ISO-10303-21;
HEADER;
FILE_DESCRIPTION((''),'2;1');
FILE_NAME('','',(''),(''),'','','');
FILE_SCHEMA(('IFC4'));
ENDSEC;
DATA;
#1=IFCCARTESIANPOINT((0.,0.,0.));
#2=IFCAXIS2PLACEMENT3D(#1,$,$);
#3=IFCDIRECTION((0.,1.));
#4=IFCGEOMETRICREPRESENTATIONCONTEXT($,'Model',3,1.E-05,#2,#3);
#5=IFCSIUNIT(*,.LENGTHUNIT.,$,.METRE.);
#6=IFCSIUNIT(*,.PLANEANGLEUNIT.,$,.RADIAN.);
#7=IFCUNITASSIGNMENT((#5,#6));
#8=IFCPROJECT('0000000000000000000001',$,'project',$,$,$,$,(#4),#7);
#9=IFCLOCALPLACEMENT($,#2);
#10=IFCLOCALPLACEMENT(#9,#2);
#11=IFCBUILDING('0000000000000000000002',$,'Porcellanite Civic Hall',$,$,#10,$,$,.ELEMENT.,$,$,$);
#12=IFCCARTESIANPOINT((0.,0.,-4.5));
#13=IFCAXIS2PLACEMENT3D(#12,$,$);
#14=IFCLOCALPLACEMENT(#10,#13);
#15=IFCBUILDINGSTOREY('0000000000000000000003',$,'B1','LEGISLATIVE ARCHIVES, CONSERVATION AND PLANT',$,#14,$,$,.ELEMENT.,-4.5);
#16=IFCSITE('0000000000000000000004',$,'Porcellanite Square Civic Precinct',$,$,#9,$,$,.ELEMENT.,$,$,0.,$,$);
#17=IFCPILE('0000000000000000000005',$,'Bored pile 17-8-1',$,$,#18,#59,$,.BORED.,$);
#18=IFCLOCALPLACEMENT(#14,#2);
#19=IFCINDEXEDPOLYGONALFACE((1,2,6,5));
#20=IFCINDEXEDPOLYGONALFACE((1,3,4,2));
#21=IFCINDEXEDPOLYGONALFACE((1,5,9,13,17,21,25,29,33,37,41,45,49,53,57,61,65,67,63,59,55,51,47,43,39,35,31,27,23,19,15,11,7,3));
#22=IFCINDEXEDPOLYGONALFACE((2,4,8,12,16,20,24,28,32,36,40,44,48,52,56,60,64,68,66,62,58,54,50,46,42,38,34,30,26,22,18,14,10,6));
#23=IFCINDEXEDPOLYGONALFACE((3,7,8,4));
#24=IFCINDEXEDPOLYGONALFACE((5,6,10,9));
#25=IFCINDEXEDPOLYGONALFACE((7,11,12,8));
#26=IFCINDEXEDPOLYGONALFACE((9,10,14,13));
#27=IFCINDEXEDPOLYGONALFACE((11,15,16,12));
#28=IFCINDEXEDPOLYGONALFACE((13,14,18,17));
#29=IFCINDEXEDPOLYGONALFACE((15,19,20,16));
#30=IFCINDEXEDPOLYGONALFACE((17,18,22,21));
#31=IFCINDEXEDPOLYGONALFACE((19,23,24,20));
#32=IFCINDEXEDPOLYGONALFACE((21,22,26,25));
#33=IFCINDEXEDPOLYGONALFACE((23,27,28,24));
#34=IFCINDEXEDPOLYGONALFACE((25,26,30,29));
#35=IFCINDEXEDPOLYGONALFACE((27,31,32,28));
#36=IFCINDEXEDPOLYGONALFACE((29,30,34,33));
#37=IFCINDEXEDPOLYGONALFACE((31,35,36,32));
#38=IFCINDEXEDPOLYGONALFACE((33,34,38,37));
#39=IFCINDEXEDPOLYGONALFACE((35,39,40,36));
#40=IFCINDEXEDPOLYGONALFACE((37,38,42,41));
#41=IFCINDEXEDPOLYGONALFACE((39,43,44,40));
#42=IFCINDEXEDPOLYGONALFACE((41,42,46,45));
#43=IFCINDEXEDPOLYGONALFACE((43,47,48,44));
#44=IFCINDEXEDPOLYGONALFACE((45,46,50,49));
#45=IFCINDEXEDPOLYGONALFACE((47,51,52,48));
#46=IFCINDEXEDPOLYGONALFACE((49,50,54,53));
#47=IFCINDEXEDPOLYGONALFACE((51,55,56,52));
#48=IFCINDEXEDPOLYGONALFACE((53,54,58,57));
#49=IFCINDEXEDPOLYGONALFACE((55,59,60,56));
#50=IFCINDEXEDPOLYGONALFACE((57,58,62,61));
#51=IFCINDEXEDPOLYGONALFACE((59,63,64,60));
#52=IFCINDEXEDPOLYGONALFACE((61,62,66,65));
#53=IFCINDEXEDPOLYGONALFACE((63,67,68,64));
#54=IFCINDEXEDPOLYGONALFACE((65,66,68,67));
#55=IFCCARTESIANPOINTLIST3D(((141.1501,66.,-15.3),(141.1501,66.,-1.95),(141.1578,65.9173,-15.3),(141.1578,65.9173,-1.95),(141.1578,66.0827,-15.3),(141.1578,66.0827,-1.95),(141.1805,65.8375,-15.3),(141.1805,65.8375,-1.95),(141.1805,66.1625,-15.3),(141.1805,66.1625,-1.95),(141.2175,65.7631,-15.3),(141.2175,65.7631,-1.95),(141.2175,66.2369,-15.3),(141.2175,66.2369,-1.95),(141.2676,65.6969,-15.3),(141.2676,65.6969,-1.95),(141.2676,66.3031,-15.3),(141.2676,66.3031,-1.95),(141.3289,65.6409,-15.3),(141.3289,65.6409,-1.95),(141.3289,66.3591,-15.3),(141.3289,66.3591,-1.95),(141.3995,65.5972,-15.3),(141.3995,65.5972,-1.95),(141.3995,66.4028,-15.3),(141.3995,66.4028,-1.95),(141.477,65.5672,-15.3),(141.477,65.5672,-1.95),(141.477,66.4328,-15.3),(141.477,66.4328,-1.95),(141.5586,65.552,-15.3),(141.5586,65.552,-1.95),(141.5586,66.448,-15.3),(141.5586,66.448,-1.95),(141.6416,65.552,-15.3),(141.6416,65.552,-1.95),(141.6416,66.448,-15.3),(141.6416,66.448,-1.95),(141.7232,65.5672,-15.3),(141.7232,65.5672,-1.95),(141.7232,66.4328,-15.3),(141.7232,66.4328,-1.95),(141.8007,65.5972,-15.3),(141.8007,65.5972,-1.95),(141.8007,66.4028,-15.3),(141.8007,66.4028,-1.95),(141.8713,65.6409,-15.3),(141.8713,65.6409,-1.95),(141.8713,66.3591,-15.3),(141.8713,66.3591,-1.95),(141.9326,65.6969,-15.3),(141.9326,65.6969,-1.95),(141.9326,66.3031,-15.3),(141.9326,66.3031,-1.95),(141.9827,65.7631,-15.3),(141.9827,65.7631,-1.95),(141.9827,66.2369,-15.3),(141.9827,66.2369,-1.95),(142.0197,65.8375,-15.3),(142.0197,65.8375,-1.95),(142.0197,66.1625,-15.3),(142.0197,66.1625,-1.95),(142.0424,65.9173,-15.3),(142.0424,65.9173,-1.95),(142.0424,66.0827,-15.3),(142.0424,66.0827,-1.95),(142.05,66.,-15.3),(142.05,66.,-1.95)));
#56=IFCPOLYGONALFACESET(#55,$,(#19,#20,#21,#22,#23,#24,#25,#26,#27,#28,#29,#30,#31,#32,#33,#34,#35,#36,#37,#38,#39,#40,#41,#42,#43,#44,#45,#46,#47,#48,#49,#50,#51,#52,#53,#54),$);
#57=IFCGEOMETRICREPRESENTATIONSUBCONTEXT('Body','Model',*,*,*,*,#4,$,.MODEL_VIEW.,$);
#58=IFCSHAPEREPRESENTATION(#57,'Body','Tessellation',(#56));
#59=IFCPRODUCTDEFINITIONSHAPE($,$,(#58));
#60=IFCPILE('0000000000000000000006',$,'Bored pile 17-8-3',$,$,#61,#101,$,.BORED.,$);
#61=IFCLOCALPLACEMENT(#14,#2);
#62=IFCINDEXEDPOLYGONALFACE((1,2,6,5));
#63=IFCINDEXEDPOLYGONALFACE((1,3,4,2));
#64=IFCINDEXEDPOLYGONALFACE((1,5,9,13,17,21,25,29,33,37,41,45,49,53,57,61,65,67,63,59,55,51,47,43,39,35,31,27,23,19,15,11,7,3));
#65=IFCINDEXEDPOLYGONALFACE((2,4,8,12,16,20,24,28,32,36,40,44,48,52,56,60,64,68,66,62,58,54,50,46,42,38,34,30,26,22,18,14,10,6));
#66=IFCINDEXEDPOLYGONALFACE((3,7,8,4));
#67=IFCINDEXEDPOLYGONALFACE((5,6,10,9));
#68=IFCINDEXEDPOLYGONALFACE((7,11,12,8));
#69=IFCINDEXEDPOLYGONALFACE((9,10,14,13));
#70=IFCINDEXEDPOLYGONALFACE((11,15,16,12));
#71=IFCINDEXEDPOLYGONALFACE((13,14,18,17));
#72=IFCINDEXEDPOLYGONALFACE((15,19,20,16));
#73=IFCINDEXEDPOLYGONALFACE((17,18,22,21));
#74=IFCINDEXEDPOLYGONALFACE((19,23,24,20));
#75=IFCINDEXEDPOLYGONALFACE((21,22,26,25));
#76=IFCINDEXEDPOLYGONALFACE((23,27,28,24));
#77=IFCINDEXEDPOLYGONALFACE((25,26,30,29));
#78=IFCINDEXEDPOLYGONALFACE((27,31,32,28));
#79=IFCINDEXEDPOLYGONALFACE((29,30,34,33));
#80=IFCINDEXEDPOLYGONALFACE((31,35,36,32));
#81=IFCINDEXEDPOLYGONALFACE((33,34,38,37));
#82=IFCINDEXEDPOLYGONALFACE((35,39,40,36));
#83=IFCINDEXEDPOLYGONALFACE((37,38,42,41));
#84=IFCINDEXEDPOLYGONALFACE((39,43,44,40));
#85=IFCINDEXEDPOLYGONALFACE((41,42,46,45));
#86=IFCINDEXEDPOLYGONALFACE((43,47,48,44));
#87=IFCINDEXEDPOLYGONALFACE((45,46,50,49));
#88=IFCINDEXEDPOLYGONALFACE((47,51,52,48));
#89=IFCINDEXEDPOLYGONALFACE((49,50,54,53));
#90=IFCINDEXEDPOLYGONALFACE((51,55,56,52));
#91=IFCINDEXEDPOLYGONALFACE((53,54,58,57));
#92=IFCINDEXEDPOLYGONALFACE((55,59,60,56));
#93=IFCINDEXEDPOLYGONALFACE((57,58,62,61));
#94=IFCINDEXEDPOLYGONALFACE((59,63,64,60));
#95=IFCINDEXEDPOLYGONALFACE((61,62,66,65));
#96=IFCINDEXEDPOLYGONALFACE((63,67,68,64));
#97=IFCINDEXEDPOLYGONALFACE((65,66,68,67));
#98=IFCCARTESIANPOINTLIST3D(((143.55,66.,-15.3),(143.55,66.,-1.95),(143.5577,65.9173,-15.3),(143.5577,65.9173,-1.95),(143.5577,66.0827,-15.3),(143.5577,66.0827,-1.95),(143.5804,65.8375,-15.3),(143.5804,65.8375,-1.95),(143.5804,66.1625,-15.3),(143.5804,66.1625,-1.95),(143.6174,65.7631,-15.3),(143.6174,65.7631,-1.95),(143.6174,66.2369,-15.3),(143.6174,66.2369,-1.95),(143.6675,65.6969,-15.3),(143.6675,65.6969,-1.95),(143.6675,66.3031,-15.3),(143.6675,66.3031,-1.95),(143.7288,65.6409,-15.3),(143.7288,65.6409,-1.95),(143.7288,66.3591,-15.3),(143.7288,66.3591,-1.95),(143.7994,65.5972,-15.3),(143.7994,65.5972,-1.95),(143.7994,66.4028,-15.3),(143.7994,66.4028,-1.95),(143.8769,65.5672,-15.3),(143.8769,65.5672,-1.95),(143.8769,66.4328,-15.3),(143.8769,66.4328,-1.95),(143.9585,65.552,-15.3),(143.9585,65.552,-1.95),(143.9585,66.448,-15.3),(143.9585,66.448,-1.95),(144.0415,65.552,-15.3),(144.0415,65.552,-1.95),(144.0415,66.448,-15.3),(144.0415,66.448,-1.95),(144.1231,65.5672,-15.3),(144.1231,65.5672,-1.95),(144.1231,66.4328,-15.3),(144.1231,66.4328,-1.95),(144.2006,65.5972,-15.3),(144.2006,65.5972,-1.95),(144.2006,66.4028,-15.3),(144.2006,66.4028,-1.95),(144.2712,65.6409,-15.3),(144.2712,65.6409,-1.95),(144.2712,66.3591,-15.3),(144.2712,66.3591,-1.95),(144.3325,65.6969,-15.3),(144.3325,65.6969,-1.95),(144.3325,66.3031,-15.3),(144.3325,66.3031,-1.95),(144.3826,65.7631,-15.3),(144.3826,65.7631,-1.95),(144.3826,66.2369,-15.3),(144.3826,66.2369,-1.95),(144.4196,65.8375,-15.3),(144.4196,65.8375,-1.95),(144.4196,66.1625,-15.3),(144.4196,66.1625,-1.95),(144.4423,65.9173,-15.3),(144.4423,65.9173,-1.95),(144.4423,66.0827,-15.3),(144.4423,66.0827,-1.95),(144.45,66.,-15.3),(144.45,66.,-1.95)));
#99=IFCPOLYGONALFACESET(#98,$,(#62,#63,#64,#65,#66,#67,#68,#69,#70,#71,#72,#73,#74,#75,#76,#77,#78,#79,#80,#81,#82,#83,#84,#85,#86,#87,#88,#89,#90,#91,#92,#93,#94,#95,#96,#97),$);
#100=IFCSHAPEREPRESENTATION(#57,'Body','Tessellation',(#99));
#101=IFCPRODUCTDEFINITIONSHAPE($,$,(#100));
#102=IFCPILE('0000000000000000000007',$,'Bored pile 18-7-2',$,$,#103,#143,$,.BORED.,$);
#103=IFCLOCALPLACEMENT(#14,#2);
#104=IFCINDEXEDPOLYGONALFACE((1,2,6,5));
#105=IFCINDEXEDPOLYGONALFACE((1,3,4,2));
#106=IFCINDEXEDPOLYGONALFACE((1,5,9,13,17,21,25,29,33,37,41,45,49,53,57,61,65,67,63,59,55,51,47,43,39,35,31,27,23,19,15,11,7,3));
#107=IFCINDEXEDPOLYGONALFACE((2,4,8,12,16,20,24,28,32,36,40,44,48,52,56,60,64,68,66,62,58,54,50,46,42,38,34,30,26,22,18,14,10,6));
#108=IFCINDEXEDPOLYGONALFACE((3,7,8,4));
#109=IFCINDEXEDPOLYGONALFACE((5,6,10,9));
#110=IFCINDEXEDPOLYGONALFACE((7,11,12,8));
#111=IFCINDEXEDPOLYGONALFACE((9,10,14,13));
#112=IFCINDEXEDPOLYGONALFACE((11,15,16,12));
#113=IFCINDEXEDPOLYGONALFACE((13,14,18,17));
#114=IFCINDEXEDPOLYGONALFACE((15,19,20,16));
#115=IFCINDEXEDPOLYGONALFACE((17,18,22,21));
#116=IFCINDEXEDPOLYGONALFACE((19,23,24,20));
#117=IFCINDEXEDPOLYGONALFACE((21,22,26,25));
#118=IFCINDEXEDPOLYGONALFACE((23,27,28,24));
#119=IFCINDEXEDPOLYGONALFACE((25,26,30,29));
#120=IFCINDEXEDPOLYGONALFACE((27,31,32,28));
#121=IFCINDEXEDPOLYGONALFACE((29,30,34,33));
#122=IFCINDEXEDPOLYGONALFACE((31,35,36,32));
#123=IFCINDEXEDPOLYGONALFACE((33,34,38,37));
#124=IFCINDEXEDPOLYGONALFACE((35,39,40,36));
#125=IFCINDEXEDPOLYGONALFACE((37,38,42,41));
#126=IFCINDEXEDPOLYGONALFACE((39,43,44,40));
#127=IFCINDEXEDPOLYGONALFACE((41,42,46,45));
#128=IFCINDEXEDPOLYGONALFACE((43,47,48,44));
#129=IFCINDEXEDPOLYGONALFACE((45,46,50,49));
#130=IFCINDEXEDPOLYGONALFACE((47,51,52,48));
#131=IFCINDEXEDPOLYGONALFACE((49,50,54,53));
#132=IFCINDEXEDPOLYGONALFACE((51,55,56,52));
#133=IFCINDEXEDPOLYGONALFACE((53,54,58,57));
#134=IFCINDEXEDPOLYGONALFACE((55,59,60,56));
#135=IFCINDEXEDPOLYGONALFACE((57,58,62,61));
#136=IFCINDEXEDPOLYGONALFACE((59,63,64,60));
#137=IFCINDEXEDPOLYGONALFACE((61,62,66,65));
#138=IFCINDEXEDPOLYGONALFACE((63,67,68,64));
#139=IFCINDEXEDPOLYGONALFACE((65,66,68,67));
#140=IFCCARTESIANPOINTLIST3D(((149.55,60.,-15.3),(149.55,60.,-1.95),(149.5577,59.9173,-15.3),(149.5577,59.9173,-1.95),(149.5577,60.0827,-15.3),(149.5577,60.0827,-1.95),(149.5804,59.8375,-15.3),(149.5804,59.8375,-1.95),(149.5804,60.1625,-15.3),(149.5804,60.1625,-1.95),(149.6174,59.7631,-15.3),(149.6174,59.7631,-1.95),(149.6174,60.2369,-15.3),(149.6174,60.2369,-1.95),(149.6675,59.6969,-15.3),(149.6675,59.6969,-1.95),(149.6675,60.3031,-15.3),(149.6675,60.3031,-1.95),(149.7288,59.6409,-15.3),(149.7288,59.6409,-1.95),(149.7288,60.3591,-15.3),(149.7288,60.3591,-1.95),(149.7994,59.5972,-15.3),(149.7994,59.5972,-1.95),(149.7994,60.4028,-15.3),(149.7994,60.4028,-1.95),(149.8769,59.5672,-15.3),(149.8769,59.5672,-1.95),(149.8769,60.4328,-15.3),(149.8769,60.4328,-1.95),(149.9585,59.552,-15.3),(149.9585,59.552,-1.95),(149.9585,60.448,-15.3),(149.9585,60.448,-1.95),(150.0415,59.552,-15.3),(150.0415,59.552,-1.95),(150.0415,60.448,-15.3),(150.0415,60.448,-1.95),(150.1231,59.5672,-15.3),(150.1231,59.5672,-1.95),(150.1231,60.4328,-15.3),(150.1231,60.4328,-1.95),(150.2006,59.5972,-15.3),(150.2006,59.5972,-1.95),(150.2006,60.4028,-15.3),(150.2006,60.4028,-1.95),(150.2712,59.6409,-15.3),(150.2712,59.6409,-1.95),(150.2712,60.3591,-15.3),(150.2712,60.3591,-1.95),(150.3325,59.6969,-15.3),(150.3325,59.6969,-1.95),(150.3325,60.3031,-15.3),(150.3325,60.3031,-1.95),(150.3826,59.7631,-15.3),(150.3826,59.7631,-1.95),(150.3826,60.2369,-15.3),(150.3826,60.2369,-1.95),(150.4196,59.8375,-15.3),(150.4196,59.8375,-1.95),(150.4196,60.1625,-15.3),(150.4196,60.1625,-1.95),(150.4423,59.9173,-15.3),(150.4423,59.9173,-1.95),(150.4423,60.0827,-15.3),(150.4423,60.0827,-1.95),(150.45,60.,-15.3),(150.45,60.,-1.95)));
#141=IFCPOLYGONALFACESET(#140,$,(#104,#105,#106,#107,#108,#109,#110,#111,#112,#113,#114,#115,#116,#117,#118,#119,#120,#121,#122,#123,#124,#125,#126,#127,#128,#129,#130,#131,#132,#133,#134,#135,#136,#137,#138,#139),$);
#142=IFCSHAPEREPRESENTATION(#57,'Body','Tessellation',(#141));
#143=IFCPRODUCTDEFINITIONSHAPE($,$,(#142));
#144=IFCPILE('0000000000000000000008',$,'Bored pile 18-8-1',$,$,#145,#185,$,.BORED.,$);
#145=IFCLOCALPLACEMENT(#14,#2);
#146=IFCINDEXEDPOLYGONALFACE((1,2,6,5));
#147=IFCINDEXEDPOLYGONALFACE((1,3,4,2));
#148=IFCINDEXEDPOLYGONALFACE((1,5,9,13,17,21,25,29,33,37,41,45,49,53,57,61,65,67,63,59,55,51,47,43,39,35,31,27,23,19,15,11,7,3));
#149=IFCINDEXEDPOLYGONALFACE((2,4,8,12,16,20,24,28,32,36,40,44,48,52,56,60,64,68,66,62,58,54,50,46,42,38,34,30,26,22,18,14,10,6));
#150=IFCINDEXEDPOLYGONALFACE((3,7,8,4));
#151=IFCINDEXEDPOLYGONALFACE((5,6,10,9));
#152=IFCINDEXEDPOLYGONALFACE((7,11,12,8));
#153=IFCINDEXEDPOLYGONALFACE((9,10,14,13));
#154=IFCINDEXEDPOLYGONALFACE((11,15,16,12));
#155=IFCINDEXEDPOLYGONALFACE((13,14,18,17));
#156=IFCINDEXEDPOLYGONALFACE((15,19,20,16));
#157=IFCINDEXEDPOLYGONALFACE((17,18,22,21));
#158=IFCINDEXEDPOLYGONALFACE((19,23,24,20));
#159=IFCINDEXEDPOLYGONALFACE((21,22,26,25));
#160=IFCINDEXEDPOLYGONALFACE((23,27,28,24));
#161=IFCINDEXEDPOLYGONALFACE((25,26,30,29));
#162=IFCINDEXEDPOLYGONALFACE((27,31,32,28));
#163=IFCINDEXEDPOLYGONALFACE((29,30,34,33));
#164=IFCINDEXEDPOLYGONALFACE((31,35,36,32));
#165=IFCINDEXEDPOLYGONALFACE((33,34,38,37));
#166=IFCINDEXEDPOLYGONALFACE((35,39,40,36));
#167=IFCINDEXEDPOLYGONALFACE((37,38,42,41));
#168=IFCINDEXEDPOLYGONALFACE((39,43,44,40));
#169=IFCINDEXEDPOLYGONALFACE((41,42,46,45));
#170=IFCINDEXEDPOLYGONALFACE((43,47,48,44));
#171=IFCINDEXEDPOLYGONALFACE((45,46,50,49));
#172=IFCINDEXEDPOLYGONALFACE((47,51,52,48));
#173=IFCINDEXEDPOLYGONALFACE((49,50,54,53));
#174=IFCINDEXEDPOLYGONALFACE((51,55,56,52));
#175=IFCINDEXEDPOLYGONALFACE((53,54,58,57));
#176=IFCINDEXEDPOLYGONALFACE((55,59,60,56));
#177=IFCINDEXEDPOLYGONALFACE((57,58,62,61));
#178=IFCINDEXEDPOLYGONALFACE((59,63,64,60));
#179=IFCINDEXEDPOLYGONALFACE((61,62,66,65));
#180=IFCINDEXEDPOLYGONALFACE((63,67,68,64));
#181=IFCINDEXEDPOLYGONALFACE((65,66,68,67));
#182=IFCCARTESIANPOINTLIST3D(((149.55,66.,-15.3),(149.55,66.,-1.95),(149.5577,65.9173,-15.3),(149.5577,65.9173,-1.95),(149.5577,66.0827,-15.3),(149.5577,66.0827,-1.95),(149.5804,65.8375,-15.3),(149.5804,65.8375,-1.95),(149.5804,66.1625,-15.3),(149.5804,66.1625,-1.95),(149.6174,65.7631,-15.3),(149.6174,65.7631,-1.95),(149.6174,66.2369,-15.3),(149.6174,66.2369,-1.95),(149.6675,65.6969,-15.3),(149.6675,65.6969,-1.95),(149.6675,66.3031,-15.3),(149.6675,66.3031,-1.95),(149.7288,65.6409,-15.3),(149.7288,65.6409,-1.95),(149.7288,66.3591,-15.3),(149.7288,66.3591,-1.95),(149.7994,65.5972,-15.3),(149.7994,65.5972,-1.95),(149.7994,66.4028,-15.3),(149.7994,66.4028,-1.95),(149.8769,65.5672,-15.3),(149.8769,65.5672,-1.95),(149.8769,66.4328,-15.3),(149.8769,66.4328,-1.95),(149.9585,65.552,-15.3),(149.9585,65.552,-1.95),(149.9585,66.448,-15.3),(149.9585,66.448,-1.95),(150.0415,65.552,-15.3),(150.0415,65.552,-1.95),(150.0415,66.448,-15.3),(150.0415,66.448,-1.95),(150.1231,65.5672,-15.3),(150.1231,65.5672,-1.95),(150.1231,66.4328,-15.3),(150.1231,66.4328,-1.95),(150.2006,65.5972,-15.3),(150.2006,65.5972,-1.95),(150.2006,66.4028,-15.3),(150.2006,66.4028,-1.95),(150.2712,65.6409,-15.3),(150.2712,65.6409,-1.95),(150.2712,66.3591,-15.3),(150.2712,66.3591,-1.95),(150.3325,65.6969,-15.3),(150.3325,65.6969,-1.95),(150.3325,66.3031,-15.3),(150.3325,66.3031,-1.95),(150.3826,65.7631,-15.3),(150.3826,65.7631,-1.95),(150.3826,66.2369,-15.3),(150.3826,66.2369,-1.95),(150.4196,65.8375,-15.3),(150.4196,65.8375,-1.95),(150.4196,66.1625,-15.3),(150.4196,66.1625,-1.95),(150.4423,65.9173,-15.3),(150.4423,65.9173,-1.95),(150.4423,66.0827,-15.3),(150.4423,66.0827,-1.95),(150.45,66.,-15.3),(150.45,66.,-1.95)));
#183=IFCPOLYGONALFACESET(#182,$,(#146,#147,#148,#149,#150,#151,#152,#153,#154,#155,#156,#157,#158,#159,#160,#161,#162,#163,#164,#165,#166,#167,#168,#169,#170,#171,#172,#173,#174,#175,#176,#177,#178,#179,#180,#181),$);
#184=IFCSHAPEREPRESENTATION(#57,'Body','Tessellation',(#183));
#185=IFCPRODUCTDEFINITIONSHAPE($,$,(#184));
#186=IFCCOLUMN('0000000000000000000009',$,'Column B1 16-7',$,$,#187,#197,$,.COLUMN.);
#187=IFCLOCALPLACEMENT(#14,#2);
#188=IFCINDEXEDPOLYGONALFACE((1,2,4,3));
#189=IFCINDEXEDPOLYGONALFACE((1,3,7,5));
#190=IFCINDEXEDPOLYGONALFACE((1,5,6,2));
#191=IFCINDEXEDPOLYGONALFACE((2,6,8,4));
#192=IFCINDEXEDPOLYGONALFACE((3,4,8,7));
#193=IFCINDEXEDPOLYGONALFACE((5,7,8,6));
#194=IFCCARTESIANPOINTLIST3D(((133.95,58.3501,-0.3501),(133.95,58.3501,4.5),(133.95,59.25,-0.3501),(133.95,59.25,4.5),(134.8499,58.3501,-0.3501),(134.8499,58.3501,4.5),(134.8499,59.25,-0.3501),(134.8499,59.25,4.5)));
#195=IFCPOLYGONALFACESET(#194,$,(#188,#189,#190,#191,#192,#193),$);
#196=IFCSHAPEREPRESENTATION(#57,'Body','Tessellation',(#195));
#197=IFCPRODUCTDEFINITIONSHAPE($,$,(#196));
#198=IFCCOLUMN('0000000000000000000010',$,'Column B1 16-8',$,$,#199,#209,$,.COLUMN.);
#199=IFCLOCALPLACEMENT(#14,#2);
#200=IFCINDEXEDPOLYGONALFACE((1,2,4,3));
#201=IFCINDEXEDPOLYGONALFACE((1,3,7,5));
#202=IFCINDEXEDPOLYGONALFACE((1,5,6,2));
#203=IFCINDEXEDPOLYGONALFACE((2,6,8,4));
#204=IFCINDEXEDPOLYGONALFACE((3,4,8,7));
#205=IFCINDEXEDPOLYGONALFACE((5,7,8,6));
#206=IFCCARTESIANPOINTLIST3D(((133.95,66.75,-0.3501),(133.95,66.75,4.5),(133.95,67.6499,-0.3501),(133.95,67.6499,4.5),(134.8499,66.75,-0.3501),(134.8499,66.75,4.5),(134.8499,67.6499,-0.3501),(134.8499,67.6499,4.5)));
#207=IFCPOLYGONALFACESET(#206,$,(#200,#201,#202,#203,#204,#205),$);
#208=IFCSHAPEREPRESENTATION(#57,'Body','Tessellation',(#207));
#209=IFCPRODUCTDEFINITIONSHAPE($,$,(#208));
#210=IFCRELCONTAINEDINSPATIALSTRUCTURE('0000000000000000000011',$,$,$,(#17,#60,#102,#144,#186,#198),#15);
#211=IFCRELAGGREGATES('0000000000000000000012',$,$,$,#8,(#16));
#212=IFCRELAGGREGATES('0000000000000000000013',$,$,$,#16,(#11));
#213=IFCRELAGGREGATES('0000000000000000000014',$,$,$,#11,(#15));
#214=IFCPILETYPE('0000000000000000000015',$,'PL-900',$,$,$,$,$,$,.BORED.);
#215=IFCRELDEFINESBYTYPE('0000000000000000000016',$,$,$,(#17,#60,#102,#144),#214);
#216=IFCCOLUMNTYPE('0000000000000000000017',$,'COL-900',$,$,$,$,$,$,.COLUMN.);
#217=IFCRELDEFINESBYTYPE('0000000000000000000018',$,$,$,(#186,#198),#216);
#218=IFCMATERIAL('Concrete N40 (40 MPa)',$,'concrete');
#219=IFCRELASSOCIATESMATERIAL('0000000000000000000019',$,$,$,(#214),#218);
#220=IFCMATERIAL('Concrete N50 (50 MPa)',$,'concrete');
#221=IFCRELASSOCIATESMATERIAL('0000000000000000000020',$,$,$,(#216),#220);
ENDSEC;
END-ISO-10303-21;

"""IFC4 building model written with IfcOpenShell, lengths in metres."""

from ifc_helpers import new_model, si_unit, direction, frame, origin, origin_2d, place, context, subcontext, project, spatial, rectangle, circle, extrude, material, material_profile, profile_set, type_object, element, save


model = new_model("IFC4")

# Units and contexts
model_context = context("Model", 3, precision=1e-05, world=origin(), true_north=direction((0.0, 1.0)))
body_context = subcontext(model_context, "Body", "Model", "MODEL_VIEW")
ifc_project = project(units=[si_unit("LENGTHUNIT", "METRE"), si_unit("PLANEANGLEUNIT", "RADIAN")], contexts=[model_context])

# Site, building, storey
site_placement = place(None, origin())
site = spatial("IfcSite", under=ifc_project, at=site_placement, Name="Porcellanite Square Civic Precinct", CompositionType="ELEMENT", RefElevation=0.0)
building_placement = place(site_placement, origin())
building = spatial("IfcBuilding", under=site, at=building_placement, Name="Porcellanite Civic Hall", CompositionType="ELEMENT")
storey_placement = place(building_placement, frame((0.0, 0.0, -4.5)))
storey = spatial("IfcBuildingStorey", under=building, at=storey_placement, Name="B1", Description="LEGISLATIVE ARCHIVES, CONSERVATION AND PLANT", CompositionType="ELEMENT", Elevation=-4.5)

# Piles
ifc_material_1 = material(Name="Concrete N40 (40 MPa)", Category="concrete")
ifc_material_profile_1 = material_profile(ifc_material_1, circle(Radius=0.45, at=origin_2d()), Name="PILE-D900")
ifc_profile_set_1 = profile_set([ifc_material_profile_1], Name="Concrete N40 (40 MPa)")
pile_type_1 = type_object("IfcPileType", Name="PL-900", PredefinedType="BORED", material=ifc_profile_set_1)
for number, where, z_axis, x_axis, name in (
    (1, (141.6001, 66.0, -1.95), (0.0, 0.0, -1.0), (1.0, 0.0, 0.0), "Bored pile 17-8-1"),
    (2, (144.0, 66.0, -1.95), (0.0, 0.0, -1.0), (1.0, 0.0, 0.0), "Bored pile 17-8-3"),
    (3, (150.0, 60.0, -1.95), (0.0, 0.0, -1.0), (1.0, 0.0, 0.0), "Bored pile 18-7-2"),
    (4, (150.0, 66.0, -1.95), (0.0, 0.0, -1.0), (1.0, 0.0, 0.0), "Bored pile 18-8-1"),
):
    element("IfcPile", number, at=place(storey_placement, frame(where, z_axis=z_axis, x_axis=x_axis)), inside=storey, type_object=pile_type_1, Name=name, PredefinedType="BORED", context=body_context, shape_type="SweptSolid", body=[
        extrude(circle(Radius=0.45, at=origin_2d()), origin(), (0.0, 0.0, 1.0), 13.3501),
    ])

# Columns
ifc_material_2 = material(Name="Concrete N50 (50 MPa)", Category="concrete")
ifc_material_profile_2 = material_profile(ifc_material_2, rectangle(XDim=0.8999, YDim=0.8999, at=origin_2d()), Name="RC-900x900")
ifc_profile_set_2 = profile_set([ifc_material_profile_2], Name="Concrete N50 (50 MPa)")
column_type = type_object("IfcColumnType", Name="COL-900", PredefinedType="COLUMN", material=ifc_profile_set_2)
for number, where, z_axis, x_axis, name in (
    (5, (134.3999, 58.8, -0.3501), (0.0, 0.0, 1.0), (1.0, 0.0, 0.0), "Column B1 16-7"),
    (6, (134.3999, 67.2, -0.3501), (0.0, 0.0, 1.0), (1.0, 0.0, 0.0), "Column B1 16-8"),
):
    element("IfcColumn", number, at=place(storey_placement, frame(where, z_axis=z_axis, x_axis=x_axis)), inside=storey, type_object=column_type, Name=name, PredefinedType="COLUMN", context=body_context, shape_type="SweptSolid", body=[
        extrude(rectangle(XDim=0.8999, YDim=0.8999, at=origin_2d()), origin(), (0.0, 0.0, 1.0), 4.8501),
    ])

save(model, "model.ifc")
